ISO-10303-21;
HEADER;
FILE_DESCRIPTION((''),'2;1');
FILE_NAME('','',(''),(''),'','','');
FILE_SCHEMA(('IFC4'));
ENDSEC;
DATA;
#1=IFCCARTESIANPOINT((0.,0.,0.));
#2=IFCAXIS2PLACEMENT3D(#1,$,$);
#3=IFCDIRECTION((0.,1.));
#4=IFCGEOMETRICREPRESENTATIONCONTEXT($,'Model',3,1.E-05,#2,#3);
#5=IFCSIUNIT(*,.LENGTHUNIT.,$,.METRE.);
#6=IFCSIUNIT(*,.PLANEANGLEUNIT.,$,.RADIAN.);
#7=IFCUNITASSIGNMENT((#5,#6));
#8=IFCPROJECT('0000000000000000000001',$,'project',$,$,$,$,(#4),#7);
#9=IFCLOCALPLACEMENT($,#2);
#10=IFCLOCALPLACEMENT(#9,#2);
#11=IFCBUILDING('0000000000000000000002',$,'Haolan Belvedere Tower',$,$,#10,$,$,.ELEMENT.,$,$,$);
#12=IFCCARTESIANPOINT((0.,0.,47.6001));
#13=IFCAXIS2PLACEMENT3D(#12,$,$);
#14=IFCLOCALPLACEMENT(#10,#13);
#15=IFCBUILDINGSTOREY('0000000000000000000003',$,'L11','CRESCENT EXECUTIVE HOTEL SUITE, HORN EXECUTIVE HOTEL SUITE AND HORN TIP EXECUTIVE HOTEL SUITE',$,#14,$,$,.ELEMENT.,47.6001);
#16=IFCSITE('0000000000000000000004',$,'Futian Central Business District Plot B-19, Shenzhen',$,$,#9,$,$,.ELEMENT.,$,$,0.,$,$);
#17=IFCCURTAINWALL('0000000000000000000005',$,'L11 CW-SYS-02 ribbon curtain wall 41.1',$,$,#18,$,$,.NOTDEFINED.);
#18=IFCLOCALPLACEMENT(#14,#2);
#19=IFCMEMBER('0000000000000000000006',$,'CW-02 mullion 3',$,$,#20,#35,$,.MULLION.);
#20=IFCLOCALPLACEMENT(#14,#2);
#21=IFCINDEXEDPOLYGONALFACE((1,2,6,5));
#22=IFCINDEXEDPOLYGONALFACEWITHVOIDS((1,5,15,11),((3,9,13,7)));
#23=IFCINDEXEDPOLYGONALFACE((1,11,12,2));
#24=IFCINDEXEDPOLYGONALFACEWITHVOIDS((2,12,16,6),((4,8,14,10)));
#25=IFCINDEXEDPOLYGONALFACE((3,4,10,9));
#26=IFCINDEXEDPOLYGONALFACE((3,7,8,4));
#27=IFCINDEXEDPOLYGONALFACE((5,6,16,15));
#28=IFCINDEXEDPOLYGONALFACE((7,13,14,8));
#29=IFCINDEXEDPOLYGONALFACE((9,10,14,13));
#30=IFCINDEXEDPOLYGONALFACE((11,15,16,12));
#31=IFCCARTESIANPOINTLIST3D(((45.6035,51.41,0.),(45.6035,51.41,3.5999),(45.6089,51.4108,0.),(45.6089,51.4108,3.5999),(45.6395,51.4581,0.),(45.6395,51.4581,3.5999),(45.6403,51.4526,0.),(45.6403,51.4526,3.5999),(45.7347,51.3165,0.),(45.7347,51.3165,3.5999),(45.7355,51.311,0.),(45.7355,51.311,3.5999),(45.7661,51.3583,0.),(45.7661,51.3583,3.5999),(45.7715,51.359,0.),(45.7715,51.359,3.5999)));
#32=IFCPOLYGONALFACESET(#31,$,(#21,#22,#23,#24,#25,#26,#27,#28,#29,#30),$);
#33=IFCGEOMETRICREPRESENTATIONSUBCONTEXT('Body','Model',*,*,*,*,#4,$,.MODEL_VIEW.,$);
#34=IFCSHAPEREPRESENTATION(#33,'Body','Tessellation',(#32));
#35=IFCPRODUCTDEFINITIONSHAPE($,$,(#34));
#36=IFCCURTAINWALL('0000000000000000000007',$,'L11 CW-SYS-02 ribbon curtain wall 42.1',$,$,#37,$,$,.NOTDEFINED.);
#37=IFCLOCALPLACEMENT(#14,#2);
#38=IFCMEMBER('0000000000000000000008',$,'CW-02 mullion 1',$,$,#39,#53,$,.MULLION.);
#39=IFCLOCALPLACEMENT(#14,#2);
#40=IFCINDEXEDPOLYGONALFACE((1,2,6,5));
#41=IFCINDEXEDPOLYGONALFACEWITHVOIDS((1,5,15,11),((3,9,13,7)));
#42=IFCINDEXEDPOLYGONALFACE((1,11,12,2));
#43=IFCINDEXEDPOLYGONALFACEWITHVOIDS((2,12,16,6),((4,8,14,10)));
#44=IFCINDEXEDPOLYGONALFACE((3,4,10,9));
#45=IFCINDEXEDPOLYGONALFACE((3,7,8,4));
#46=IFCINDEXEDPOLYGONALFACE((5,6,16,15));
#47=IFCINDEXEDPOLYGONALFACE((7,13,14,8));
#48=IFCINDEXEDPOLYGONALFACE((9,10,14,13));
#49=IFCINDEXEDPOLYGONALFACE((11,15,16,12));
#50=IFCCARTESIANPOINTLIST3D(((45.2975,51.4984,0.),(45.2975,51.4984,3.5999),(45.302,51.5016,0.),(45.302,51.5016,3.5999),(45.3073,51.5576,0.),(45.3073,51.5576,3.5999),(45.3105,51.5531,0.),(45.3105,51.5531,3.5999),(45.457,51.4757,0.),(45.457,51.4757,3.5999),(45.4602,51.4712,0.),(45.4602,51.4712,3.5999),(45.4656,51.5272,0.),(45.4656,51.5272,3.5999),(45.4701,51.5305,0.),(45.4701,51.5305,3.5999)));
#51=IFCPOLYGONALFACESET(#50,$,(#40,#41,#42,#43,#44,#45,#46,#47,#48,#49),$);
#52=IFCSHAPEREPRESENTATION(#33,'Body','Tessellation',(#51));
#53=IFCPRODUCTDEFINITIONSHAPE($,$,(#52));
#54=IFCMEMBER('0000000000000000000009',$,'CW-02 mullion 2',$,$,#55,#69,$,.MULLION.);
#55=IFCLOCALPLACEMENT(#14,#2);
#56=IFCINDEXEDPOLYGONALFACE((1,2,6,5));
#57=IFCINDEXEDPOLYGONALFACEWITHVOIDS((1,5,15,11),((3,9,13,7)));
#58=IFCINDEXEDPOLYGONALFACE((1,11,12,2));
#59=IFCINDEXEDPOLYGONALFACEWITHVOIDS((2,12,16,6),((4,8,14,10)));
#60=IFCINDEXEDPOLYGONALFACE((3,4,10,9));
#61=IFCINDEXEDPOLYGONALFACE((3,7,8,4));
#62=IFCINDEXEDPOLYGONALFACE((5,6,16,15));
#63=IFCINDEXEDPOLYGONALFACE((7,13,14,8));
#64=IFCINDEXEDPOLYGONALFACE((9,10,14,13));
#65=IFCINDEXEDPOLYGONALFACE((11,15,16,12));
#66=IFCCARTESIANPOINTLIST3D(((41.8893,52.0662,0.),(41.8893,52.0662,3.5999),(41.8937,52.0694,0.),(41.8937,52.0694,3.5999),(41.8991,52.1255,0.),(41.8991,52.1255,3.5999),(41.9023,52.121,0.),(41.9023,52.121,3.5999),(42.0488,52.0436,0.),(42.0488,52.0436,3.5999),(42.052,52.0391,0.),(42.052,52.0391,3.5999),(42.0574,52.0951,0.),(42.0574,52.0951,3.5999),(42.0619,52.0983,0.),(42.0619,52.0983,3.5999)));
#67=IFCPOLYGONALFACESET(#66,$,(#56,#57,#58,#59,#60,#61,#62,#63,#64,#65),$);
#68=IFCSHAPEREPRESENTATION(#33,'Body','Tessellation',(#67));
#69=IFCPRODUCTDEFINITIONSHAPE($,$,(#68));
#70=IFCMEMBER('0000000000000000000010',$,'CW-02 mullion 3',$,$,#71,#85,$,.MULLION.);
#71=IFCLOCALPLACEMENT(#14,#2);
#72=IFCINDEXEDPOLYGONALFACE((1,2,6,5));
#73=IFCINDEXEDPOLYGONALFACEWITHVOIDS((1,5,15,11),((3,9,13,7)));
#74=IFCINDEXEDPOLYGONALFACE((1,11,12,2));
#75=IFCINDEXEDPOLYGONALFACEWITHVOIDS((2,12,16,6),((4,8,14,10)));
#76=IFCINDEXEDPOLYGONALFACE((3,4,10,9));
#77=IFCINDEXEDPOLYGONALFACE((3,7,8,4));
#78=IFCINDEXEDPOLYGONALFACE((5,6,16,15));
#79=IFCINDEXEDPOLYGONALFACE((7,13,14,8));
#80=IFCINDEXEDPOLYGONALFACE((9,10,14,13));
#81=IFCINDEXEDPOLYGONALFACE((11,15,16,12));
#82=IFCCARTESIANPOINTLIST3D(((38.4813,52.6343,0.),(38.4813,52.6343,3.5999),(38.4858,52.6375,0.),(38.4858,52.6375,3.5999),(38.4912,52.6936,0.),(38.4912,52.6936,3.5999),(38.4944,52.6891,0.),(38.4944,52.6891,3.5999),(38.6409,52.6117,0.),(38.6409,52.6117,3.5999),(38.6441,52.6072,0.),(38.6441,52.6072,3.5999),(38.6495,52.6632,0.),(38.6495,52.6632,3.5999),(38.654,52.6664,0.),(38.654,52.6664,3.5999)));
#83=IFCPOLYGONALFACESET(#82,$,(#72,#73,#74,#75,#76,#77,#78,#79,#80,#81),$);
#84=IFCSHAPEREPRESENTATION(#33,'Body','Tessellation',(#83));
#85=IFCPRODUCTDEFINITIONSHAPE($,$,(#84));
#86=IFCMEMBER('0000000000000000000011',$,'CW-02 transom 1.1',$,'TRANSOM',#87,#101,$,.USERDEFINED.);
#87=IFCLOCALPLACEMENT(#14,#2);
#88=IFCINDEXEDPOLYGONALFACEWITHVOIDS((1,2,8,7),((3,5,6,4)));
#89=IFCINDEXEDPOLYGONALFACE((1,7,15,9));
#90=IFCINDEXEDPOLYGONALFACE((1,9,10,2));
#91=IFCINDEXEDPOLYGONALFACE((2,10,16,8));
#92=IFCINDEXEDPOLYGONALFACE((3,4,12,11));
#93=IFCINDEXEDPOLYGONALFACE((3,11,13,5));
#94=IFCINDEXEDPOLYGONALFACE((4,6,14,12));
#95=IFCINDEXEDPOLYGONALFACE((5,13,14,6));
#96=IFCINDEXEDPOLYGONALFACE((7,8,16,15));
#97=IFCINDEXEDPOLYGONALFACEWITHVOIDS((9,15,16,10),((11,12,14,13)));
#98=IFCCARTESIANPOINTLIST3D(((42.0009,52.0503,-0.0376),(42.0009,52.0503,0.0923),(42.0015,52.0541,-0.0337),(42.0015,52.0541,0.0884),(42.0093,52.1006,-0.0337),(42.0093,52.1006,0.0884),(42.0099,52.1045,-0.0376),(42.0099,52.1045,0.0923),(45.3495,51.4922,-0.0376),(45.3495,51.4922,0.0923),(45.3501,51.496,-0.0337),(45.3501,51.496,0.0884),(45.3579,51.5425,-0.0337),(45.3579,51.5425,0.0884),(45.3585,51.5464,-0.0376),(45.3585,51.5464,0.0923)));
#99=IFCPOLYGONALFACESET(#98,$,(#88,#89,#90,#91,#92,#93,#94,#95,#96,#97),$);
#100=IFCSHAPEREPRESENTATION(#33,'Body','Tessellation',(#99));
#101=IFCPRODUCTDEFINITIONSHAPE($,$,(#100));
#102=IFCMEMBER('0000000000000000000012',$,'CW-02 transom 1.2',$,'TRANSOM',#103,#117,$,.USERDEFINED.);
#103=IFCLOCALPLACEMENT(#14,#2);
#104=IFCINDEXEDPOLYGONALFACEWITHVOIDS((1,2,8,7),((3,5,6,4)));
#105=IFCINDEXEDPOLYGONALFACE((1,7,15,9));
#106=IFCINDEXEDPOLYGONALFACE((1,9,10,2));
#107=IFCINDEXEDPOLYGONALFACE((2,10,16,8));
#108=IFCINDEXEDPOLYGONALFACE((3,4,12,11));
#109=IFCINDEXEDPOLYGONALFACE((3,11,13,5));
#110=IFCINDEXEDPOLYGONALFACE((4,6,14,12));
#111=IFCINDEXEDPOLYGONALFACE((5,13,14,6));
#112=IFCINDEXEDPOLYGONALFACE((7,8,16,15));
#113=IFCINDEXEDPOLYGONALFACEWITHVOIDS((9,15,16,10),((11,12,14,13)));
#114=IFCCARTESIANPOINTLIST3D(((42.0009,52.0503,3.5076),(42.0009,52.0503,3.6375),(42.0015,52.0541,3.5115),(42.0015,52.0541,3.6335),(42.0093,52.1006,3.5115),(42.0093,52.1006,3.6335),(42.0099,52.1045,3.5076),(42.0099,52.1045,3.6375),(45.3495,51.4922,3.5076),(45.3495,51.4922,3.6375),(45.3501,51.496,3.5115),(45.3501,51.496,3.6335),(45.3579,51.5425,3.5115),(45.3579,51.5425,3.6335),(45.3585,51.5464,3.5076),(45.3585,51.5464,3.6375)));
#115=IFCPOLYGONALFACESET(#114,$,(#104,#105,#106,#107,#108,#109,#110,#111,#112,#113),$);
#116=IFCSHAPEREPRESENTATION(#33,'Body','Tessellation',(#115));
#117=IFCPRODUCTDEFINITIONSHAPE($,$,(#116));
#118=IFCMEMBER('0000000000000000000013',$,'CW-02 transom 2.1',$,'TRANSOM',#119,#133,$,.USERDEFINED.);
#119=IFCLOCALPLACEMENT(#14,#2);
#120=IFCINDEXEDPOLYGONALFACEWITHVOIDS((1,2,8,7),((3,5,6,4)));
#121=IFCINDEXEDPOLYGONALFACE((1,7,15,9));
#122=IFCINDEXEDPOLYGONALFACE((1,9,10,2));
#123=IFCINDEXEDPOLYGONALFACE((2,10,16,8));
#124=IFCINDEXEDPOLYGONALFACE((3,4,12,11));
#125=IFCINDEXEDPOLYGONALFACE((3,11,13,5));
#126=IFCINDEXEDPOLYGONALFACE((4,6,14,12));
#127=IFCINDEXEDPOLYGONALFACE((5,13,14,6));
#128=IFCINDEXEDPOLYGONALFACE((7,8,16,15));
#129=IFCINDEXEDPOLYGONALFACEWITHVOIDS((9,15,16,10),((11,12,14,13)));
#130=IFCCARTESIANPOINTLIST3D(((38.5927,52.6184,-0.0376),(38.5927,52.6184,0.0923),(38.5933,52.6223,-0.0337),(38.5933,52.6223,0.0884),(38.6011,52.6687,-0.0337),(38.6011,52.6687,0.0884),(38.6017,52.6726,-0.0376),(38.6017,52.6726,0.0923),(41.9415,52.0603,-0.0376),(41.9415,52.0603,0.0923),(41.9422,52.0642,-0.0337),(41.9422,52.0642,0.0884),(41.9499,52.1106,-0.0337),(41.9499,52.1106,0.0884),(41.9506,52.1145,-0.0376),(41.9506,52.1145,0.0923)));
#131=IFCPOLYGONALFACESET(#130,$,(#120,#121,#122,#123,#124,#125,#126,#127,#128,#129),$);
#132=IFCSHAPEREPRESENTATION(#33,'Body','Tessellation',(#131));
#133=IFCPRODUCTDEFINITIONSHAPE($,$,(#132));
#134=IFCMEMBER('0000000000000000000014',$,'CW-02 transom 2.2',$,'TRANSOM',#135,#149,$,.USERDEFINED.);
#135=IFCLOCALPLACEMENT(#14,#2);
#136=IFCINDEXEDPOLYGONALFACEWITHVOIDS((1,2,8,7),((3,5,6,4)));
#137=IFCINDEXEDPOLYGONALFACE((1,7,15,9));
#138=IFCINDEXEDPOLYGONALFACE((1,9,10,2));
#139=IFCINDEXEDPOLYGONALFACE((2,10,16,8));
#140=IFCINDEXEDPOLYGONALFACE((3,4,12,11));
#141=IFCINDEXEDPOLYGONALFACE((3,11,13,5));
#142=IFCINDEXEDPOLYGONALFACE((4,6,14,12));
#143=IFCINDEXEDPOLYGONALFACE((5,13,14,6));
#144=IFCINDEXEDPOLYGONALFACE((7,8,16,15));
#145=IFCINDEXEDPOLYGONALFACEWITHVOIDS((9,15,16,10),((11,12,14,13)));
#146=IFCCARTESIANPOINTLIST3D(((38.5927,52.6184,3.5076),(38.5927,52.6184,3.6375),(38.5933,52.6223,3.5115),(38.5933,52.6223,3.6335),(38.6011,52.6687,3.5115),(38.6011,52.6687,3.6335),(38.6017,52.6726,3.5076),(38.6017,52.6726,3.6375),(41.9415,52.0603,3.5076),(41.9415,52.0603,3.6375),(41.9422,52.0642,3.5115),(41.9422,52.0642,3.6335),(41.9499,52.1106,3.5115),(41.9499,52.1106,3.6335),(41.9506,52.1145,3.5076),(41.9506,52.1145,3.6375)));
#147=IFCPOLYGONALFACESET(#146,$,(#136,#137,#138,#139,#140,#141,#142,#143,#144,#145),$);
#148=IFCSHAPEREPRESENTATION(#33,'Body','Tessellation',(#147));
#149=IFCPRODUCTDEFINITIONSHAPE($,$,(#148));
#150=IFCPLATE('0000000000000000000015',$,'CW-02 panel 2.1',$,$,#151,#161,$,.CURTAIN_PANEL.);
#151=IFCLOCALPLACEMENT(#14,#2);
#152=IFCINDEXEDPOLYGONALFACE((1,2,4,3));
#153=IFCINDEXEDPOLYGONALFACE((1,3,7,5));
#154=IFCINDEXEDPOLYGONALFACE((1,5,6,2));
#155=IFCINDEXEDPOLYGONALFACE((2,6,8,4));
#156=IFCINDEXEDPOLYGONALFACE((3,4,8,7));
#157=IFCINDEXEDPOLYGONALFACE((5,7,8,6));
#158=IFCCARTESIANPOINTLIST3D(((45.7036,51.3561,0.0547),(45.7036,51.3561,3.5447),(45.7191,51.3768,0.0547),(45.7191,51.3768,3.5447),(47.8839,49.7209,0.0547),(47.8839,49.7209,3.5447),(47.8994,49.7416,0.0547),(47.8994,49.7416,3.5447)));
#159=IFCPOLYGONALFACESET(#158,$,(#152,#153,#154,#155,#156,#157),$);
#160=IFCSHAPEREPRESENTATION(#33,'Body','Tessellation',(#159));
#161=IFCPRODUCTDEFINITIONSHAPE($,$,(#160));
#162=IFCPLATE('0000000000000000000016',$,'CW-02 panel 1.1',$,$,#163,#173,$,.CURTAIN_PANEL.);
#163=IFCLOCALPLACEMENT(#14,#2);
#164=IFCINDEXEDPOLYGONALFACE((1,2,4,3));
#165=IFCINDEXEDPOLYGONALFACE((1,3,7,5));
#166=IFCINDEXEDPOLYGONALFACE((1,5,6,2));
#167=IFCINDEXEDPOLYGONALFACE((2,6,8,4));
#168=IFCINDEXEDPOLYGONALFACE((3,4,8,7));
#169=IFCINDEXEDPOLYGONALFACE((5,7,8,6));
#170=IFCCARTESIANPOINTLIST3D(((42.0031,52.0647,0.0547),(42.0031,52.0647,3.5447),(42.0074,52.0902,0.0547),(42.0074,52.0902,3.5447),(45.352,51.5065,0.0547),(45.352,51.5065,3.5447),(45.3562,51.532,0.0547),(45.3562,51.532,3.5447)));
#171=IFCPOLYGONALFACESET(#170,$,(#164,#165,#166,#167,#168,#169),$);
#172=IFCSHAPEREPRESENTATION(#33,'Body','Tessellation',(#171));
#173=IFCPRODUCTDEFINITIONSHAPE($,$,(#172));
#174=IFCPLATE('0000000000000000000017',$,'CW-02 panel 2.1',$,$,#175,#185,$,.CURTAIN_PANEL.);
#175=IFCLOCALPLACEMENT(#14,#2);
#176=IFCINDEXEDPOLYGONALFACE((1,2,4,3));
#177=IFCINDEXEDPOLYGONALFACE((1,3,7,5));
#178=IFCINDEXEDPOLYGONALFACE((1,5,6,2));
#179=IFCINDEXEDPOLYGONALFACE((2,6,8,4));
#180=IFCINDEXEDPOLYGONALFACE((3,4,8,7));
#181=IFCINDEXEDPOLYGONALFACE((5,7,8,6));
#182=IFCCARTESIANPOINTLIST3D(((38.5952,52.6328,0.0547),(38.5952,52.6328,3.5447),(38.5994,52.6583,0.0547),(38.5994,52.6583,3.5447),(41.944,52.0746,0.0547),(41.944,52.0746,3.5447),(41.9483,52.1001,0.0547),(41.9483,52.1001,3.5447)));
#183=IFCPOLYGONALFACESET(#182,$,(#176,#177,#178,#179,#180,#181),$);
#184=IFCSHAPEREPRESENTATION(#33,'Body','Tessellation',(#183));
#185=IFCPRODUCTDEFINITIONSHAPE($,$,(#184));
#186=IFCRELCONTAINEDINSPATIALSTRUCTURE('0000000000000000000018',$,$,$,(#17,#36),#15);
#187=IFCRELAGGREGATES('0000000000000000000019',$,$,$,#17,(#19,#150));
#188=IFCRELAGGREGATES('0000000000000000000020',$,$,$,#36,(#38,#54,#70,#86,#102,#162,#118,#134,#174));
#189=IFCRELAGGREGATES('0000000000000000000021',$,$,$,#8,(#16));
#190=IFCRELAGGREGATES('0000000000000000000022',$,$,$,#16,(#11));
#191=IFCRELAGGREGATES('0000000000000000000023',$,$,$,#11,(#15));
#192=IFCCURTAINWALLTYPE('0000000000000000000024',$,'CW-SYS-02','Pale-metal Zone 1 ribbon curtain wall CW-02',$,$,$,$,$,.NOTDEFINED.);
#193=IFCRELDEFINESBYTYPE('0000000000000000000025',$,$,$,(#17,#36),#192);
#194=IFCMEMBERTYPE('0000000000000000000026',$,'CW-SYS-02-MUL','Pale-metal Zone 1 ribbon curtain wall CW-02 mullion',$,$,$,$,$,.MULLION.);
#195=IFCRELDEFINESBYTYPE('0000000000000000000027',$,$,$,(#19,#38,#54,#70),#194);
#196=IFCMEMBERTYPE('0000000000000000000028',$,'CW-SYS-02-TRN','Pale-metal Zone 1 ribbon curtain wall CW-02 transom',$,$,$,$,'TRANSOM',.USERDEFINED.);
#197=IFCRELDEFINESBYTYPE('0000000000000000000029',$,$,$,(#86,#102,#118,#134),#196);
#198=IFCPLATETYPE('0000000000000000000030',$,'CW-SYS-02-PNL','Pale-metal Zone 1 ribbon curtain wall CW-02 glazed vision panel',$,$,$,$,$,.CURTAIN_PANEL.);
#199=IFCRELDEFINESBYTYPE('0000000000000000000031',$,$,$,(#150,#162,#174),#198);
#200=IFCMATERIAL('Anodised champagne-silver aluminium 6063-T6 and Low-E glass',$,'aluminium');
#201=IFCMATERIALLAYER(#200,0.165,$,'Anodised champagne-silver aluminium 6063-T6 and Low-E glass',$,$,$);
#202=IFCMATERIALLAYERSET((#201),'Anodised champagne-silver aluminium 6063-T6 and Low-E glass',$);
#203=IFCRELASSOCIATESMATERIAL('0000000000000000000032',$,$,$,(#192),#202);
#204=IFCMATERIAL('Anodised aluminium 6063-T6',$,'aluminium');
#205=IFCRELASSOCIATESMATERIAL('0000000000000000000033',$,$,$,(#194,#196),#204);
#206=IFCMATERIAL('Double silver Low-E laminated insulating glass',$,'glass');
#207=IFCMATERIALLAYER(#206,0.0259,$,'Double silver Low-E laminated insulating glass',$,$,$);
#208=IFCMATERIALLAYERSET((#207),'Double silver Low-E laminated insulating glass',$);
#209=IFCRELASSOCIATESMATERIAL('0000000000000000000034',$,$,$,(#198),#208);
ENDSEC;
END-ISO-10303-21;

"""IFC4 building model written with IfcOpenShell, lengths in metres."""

from ifc_helpers import new_model, si_unit, direction, frame, origin, origin_2d, place, context, subcontext, project, spatial, rectangle, hollow_rectangle, extrude, material, layer, layer_set, material_profile, profile_set, type_object, element, aggregate, save


model = new_model("IFC4")

# Units and contexts
model_context = context("Model", 3, precision=1e-05, world=origin(), true_north=direction((0.0, 1.0)))
body_context = subcontext(model_context, "Body", "Model", "MODEL_VIEW")
ifc_project = project(units=[si_unit("LENGTHUNIT", "METRE"), si_unit("PLANEANGLEUNIT", "RADIAN")], contexts=[model_context])

# Site, building, storey
site_placement = place(None, origin())
site = spatial("IfcSite", under=ifc_project, at=site_placement, Name="Futian Central Business District Plot B-19, Shenzhen", CompositionType="ELEMENT", RefElevation=0.0)
building_placement = place(site_placement, origin())
building = spatial("IfcBuilding", under=site, at=building_placement, Name="Haolan Belvedere Tower", CompositionType="ELEMENT")
storey_placement = place(building_placement, frame((0.0, 0.0, 47.6001)))
storey = spatial("IfcBuildingStorey", under=building, at=storey_placement, Name="L11", Description="CRESCENT EXECUTIVE HOTEL SUITE, HORN EXECUTIVE HOTEL SUITE AND HORN TIP EXECUTIVE HOTEL SUITE", CompositionType="ELEMENT", Elevation=47.6001)

# Curtain wall, member
ifc_material_1 = material(Name="Anodised champagne-silver aluminium 6063-T6 and Low-E glass", Category="aluminium")
ifc_layer_1 = layer(ifc_material_1, 0.165, Name="Anodised champagne-silver aluminium 6063-T6 and Low-E glass")
ifc_layer_set_1 = layer_set([ifc_layer_1], Name="Anodised champagne-silver aluminium 6063-T6 and Low-E glass")
curtain_wall_type = type_object("IfcCurtainWallType", Name="CW-SYS-02", Description="Pale-metal Zone 1 ribbon curtain wall CW-02", PredefinedType="NOTDEFINED", material=ifc_layer_set_1)
curtain_wall_1_placement = place(storey_placement, origin())
curtain_wall_1 = element("IfcCurtainWall", 1, at=curtain_wall_1_placement, inside=storey, type_object=curtain_wall_type, Name="L11 CW-SYS-02 ribbon curtain wall 41.1", PredefinedType="NOTDEFINED")
ifc_material_2 = material(Name="Anodised aluminium 6063-T6", Category="aluminium")
ifc_material_profile_1 = material_profile(ifc_material_2, hollow_rectangle(XDim=0.0601, YDim=0.165, WallThickness=0.0039, at=origin_2d()), Name="Anodised aluminium 6063-T6")
ifc_profile_set_1 = profile_set([ifc_material_profile_1], Name="Anodised aluminium 6063-T6")
member_type_1 = type_object("IfcMemberType", Name="CW-SYS-02-MUL", Description="Pale-metal Zone 1 ribbon curtain wall CW-02 mullion", PredefinedType="MULLION", material=ifc_profile_set_1)
member_1_placement = place(storey_placement, frame((45.6875, 51.3845, 0.0), z_axis=(0.0, 0.0, 1.0), x_axis=(-0.599994, -0.800004, 0.0)))
member_1 = element("IfcMember", 2, at=member_1_placement, type_object=member_type_1, Name="CW-02 mullion 3", PredefinedType="MULLION", context=body_context, shape_type="SweptSolid", body=[
    extrude(hollow_rectangle(XDim=0.0601, YDim=0.165, WallThickness=0.0039, at=origin_2d()), origin(), (0.0, 0.0, 1.0), 3.5999),
])

# Curtain wall, members
curtain_wall_2_placement = place(storey_placement, origin())
curtain_wall_2 = element("IfcCurtainWall", 3, at=curtain_wall_2_placement, inside=storey, type_object=curtain_wall_type, Name="L11 CW-SYS-02 ribbon curtain wall 42.1", PredefinedType="NOTDEFINED")
member_2_placement = place(storey_placement, frame((45.3838, 51.5144, 0.0), z_axis=(0.0, 0.0, 1.0), x_axis=(-0.164404, -0.986393, 0.0)))
member_2 = element("IfcMember", 4, at=member_2_placement, type_object=member_type_1, Name="CW-02 mullion 1", PredefinedType="MULLION", context=body_context, shape_type="SweptSolid", body=[
    extrude(hollow_rectangle(XDim=0.0601, YDim=0.165, WallThickness=0.0039, at=origin_2d()), origin(), (0.0, 0.0, 1.0), 3.5999),
])
member_3_placement = place(storey_placement, frame((41.9756, 52.0823, 0.0), z_axis=(0.0, 0.0, 1.0), x_axis=(-0.164404, -0.986393, 0.0)))
member_3 = element("IfcMember", 5, at=member_3_placement, type_object=member_type_1, Name="CW-02 mullion 2", PredefinedType="MULLION", context=body_context, shape_type="SweptSolid", body=[
    extrude(hollow_rectangle(XDim=0.0601, YDim=0.165, WallThickness=0.0039, at=origin_2d()), origin(), (0.0, 0.0, 1.0), 3.5999),
])
member_4_placement = place(storey_placement, frame((38.5676, 52.6504, 0.0), z_axis=(0.0, 0.0, 1.0), x_axis=(-0.164404, -0.986393, 0.0)))
member_4 = element("IfcMember", 6, at=member_4_placement, type_object=member_type_1, Name="CW-02 mullion 3", PredefinedType="MULLION", context=body_context, shape_type="SweptSolid", body=[
    extrude(hollow_rectangle(XDim=0.0601, YDim=0.165, WallThickness=0.0039, at=origin_2d()), origin(), (0.0, 0.0, 1.0), 3.5999),
])
ifc_material_profile_2 = material_profile(ifc_material_2, hollow_rectangle(XDim=0.0549, YDim=0.1299, WallThickness=0.0039, at=origin_2d()), Name="Anodised aluminium 6063-T6")
ifc_profile_set_2 = profile_set([ifc_material_profile_2], Name="Anodised aluminium 6063-T6")
member_type_2 = type_object("IfcMemberType", Name="CW-SYS-02-TRN", Description="Pale-metal Zone 1 ribbon curtain wall CW-02 transom", ElementType="TRANSOM", PredefinedType="USERDEFINED", material=ifc_profile_set_2)
member_5_placement = place(storey_placement, frame((45.354, 51.5193, 0.0273), z_axis=(-0.986394, 0.164399, 0.0), x_axis=(-0.164399, -0.986394, 0.0)))
member_5 = element("IfcMember", 7, at=member_5_placement, type_object=member_type_2, Name="CW-02 transom 1.1", ObjectType="TRANSOM", PredefinedType="USERDEFINED", context=body_context, shape_type="SweptSolid", body=[
    extrude(hollow_rectangle(XDim=0.0549, YDim=0.1299, WallThickness=0.0039, at=origin_2d()), origin(), (0.0, 0.0, 1.0), 3.3948),
])
member_6_placement = place(storey_placement, frame((45.354, 51.5193, 3.5725), z_axis=(-0.986394, 0.164399, 0.0), x_axis=(-0.164399, -0.986394, 0.0)))
member_6 = element("IfcMember", 8, at=member_6_placement, type_object=member_type_2, Name="CW-02 transom 1.2", ObjectType="TRANSOM", PredefinedType="USERDEFINED", context=body_context, shape_type="SweptSolid", body=[
    extrude(hollow_rectangle(XDim=0.0549, YDim=0.1299, WallThickness=0.0039, at=origin_2d()), origin(), (0.0, 0.0, 1.0), 3.3948),
])
member_7_placement = place(storey_placement, frame((41.946, 52.0874, 0.0273), z_axis=(-0.986396, 0.164387, 0.0), x_axis=(-0.164387, -0.986396, 0.0)))
member_7 = element("IfcMember", 9, at=member_7_placement, type_object=member_type_2, Name="CW-02 transom 2.1", ObjectType="TRANSOM", PredefinedType="USERDEFINED", context=body_context, shape_type="SweptSolid", body=[
    extrude(hollow_rectangle(XDim=0.0549, YDim=0.1299, WallThickness=0.0039, at=origin_2d()), origin(), (0.0, 0.0, 1.0), 3.395),
])
member_8_placement = place(storey_placement, frame((41.946, 52.0874, 3.5725), z_axis=(-0.986396, 0.164387, 0.0), x_axis=(-0.164387, -0.986396, 0.0)))
member_8 = element("IfcMember", 10, at=member_8_placement, type_object=member_type_2, Name="CW-02 transom 2.2", ObjectType="TRANSOM", PredefinedType="USERDEFINED", context=body_context, shape_type="SweptSolid", body=[
    extrude(hollow_rectangle(XDim=0.0549, YDim=0.1299, WallThickness=0.0039, at=origin_2d()), origin(), (0.0, 0.0, 1.0), 3.395),
])

# Plates
ifc_material_3 = material(Name="Double silver Low-E laminated insulating glass", Category="glass")
ifc_layer_2 = layer(ifc_material_3, 0.0259, Name="Double silver Low-E laminated insulating glass")
ifc_layer_set_2 = layer_set([ifc_layer_2], Name="Double silver Low-E laminated insulating glass")
plate_type = type_object("IfcPlateType", Name="CW-SYS-02-PNL", Description="Pale-metal Zone 1 ribbon curtain wall CW-02 glazed vision panel", PredefinedType="CURTAIN_PANEL", material=ifc_layer_set_2)
plate_1_placement = place(storey_placement, frame((46.8015, 50.5488, 0.0547), z_axis=(0.0, 0.0, 1.0), x_axis=(-0.800004, 0.599994, 0.0)))
plate_1 = element("IfcPlate", 11, at=plate_1_placement, type_object=plate_type, Name="CW-02 panel 2.1", PredefinedType="CURTAIN_PANEL", context=body_context, shape_type="SweptSolid", body=[
    extrude(rectangle(XDim=2.7253, YDim=0.0259, at=origin_2d()), origin(), (0.0, 0.0, 1.0), 3.49),
])
aggregate(curtain_wall_1, [member_1, plate_1])
plate_2_placement = place(storey_placement, frame((43.6797, 51.7983, 0.0547), z_axis=(0.0, 0.0, 1.0), x_axis=(-0.986393, 0.164404, 0.0)))
plate_2 = element("IfcPlate", 12, at=plate_2_placement, type_object=plate_type, Name="CW-02 panel 1.1", PredefinedType="CURTAIN_PANEL", context=body_context, shape_type="SweptSolid", body=[
    extrude(rectangle(XDim=3.395, YDim=0.0259, at=origin_2d()), origin(), (0.0, 0.0, 1.0), 3.49),
])
plate_3_placement = place(storey_placement, frame((40.2717, 52.3665, 0.0547), z_axis=(0.0, 0.0, 1.0), x_axis=(-0.986393, 0.164404, 0.0)))
plate_3 = element("IfcPlate", 13, at=plate_3_placement, type_object=plate_type, Name="CW-02 panel 2.1", PredefinedType="CURTAIN_PANEL", context=body_context, shape_type="SweptSolid", body=[
    extrude(rectangle(XDim=3.395, YDim=0.0259, at=origin_2d()), origin(), (0.0, 0.0, 1.0), 3.49),
])
aggregate(curtain_wall_2, [member_2, member_3, member_4, member_5, member_6, plate_2, member_7, member_8, plate_3])

save(model, "model.ifc")
